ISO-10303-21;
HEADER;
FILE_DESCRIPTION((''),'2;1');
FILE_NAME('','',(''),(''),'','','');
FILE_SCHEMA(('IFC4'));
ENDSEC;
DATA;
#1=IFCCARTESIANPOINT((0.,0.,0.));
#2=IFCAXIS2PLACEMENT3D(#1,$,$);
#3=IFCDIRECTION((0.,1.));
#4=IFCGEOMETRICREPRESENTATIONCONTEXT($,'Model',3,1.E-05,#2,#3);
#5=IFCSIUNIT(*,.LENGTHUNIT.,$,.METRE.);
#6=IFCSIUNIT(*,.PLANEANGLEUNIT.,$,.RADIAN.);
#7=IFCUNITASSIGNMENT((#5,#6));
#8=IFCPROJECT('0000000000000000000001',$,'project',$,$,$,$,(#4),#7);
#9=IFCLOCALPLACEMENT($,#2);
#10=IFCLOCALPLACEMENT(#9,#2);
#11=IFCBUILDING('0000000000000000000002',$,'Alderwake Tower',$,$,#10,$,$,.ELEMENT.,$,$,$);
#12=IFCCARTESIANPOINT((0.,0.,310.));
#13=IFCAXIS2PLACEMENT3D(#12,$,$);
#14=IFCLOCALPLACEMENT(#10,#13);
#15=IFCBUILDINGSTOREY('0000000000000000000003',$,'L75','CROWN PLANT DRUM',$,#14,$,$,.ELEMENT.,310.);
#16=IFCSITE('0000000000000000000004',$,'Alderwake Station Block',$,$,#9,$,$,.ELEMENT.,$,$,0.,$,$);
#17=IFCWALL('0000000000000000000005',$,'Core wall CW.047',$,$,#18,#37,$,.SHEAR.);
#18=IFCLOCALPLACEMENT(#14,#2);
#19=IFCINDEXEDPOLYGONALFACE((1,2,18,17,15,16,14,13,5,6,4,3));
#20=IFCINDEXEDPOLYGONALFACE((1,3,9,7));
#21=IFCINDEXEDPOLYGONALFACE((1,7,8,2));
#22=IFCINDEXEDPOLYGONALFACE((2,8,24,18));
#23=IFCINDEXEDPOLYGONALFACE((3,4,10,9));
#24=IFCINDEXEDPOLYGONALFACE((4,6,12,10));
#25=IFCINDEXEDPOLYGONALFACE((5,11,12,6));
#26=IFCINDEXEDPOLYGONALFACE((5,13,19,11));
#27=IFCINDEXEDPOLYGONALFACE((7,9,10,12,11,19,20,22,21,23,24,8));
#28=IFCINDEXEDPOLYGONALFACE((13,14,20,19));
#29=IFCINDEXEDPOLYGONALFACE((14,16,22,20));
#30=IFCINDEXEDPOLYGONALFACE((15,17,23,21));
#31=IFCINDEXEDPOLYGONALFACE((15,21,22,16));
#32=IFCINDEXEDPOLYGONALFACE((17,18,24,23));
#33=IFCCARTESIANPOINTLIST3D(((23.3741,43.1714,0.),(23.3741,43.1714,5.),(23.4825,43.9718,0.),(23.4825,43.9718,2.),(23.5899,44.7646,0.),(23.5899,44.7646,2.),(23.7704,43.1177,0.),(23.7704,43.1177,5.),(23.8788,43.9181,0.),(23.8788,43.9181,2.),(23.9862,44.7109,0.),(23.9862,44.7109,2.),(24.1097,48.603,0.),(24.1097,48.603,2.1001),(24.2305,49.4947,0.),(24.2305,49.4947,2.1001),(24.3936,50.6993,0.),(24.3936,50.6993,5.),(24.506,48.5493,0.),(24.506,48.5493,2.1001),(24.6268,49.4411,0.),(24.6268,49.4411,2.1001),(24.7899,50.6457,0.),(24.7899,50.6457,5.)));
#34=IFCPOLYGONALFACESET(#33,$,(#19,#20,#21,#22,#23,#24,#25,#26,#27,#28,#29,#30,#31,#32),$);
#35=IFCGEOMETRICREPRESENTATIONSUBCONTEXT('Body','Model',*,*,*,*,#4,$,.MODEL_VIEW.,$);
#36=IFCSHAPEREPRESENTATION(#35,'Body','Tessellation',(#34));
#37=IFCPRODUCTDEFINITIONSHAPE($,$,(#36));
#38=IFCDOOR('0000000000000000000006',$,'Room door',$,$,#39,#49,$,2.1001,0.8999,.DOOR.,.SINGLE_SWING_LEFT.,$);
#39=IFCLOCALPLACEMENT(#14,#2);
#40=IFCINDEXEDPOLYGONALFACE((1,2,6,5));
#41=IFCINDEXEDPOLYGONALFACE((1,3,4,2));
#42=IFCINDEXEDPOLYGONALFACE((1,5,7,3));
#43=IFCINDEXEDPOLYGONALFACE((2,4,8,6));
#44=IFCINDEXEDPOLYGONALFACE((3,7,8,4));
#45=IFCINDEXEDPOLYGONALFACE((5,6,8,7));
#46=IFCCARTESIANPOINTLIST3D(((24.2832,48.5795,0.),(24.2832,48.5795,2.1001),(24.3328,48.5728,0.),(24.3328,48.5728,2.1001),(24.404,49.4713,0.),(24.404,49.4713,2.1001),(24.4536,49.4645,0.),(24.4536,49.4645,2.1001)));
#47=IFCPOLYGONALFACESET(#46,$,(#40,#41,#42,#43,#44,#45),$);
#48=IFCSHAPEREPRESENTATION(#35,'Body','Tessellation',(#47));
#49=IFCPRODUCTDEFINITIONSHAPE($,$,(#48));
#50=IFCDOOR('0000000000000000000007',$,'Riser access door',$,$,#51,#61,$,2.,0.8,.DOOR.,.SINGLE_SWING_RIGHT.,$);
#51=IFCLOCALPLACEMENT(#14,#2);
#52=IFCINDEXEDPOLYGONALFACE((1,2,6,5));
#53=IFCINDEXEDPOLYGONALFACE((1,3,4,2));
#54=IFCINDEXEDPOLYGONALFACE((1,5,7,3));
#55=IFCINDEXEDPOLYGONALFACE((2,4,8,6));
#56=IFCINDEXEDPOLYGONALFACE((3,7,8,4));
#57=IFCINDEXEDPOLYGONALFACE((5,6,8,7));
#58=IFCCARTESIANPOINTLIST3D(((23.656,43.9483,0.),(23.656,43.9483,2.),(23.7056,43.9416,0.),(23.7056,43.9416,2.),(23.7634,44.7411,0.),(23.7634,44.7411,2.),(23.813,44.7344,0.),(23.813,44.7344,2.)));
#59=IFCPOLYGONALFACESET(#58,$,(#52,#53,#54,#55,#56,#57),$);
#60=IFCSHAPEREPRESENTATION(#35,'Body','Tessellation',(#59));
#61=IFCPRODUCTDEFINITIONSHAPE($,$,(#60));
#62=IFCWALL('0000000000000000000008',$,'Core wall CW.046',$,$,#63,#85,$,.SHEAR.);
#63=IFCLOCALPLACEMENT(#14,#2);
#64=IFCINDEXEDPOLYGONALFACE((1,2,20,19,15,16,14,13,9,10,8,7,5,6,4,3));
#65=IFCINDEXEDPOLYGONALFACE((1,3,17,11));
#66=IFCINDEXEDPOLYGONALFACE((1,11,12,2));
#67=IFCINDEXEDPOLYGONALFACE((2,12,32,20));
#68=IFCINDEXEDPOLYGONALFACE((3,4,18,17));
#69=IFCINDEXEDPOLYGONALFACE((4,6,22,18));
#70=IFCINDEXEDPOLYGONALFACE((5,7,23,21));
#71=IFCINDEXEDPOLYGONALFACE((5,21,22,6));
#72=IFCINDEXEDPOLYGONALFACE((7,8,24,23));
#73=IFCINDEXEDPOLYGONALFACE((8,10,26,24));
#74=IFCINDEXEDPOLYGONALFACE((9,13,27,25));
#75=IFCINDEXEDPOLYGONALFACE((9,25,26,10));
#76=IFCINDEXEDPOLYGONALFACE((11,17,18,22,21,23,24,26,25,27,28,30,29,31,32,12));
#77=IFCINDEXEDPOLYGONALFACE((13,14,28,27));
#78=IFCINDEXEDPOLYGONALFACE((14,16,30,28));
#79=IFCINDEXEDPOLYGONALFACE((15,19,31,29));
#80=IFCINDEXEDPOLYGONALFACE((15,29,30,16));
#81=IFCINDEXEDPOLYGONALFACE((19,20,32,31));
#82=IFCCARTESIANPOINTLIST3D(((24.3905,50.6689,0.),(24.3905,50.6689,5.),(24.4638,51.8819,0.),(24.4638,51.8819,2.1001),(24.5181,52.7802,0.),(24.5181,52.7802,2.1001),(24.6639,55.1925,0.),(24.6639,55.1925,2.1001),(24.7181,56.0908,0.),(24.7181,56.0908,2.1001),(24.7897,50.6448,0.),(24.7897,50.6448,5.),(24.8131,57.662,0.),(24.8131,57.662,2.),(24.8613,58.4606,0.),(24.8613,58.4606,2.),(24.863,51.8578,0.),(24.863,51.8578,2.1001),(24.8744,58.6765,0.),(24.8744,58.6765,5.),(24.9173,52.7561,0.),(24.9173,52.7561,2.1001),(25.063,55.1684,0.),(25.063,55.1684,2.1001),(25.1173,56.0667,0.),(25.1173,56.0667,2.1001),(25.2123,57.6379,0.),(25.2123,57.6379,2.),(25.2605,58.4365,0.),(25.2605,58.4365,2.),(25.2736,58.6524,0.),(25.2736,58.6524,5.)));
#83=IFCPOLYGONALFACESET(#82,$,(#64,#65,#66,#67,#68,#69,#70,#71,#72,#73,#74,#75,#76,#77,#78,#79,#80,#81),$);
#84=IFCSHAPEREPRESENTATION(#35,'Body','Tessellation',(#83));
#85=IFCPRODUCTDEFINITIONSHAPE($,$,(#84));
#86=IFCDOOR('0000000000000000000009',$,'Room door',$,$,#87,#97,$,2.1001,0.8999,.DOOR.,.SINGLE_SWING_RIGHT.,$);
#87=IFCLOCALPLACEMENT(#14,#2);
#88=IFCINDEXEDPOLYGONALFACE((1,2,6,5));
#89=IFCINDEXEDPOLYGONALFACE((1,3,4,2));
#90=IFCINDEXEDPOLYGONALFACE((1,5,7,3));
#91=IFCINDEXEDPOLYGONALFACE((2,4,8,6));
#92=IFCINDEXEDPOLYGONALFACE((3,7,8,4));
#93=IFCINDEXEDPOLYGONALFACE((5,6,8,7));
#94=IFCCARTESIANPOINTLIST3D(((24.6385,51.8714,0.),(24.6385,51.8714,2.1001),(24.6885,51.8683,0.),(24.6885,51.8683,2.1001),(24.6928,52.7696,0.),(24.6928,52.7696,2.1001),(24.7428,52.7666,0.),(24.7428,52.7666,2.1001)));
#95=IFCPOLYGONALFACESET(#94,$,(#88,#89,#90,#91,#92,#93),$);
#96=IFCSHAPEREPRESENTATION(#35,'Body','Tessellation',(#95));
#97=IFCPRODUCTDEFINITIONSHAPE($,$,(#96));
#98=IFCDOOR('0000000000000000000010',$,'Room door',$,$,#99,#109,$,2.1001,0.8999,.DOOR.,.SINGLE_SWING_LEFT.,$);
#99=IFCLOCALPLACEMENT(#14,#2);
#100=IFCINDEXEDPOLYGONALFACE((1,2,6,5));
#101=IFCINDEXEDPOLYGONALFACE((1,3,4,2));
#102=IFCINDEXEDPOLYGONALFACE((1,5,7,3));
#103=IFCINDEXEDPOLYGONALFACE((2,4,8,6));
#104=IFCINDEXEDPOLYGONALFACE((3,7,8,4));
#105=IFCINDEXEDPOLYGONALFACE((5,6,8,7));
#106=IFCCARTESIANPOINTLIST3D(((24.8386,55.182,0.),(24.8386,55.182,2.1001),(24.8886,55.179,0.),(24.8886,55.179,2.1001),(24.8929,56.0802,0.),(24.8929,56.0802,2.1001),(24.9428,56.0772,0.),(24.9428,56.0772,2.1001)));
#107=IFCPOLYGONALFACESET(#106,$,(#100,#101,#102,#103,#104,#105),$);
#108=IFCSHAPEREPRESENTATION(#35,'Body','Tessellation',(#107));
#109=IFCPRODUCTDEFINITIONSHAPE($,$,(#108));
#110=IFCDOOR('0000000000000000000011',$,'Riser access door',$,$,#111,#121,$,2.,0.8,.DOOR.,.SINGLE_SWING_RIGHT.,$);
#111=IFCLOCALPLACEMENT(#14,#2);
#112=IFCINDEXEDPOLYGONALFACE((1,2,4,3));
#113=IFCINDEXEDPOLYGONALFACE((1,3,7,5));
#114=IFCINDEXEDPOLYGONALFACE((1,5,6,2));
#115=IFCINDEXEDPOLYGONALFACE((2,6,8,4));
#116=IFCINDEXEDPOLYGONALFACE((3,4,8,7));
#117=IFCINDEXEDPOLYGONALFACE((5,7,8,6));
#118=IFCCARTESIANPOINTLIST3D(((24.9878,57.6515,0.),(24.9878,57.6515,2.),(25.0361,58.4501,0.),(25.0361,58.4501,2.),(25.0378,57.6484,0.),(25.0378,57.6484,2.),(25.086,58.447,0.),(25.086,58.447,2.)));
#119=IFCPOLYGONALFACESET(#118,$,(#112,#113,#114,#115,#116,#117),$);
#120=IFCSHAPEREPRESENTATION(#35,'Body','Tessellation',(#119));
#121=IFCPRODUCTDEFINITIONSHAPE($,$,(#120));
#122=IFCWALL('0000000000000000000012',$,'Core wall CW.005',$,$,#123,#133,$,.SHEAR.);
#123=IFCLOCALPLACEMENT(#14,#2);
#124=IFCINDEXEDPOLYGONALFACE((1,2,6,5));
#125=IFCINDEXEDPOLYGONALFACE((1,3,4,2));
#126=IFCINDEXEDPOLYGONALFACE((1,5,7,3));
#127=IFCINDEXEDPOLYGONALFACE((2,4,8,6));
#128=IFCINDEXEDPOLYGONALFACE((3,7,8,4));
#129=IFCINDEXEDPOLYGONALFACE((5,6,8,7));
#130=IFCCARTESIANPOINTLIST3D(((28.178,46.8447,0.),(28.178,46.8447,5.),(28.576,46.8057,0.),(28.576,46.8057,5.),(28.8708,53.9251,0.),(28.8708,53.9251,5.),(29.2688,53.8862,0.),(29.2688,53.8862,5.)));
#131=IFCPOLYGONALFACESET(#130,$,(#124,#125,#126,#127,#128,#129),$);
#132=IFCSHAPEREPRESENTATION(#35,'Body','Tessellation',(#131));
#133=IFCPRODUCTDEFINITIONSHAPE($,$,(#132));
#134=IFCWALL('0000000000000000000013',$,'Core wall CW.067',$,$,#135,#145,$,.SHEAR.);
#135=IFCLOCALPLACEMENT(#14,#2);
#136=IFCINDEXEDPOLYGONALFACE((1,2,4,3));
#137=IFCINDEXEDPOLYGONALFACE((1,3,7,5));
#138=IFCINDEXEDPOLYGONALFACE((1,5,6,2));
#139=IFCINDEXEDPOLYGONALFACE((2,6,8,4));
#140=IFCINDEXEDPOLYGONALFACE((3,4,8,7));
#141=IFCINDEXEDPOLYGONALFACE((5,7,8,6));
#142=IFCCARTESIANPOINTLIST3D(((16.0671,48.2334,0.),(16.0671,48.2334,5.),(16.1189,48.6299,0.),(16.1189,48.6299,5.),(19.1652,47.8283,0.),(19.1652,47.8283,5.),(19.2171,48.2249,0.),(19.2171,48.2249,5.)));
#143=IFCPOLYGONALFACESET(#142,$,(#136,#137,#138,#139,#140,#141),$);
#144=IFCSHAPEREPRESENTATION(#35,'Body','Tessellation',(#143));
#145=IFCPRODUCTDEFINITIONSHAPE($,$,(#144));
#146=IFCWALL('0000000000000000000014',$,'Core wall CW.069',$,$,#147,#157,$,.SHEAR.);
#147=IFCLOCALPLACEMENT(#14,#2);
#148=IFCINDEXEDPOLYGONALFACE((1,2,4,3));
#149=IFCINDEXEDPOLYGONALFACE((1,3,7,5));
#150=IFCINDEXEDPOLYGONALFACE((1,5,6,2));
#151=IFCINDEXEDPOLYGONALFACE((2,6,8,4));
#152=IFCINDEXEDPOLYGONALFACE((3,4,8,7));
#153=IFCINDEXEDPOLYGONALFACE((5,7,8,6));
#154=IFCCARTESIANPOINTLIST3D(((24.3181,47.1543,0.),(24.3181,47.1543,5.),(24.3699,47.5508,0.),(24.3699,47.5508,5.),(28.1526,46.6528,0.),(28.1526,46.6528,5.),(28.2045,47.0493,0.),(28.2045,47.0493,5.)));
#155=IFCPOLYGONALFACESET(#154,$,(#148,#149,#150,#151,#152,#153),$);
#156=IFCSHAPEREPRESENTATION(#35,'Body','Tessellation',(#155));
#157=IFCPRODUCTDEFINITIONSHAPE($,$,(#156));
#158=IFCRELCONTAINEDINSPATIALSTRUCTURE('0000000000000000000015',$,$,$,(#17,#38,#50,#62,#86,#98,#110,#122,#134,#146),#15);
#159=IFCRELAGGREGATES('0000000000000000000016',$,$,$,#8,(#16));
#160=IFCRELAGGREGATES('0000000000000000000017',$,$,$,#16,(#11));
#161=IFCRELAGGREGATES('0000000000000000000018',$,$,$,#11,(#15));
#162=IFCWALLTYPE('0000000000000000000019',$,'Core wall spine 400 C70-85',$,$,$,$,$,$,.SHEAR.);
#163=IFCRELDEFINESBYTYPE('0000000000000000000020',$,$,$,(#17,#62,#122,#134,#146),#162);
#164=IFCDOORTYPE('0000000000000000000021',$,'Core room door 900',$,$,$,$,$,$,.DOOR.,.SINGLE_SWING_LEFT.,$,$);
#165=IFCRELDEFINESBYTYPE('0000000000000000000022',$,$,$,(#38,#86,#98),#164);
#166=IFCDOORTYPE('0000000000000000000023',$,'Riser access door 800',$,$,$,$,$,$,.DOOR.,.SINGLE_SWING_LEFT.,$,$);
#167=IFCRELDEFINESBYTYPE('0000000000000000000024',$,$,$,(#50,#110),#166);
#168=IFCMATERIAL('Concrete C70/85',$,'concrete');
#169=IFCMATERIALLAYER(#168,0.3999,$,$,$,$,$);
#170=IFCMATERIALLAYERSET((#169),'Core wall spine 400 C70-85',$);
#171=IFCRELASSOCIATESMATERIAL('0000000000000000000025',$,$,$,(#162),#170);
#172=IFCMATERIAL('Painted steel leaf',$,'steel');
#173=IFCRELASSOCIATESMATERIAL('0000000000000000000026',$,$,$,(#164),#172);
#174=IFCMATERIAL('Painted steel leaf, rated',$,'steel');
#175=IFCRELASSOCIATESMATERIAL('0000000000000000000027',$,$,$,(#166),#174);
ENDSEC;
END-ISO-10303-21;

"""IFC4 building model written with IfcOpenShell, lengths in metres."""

from ifc_helpers import new_model, si_unit, direction, frame, frame_2d, origin, place, context, subcontext, project, spatial, rectangle, extrude, material, layer, layer_set, type_object, element, fill, save


model = new_model("IFC4")

# Units and contexts
model_context = context("Model", 3, precision=1e-05, world=origin(), true_north=direction((0.0, 1.0)))
body_context = subcontext(model_context, "Body", "Model", "MODEL_VIEW")
ifc_project = project(units=[si_unit("LENGTHUNIT", "METRE"), si_unit("PLANEANGLEUNIT", "RADIAN")], contexts=[model_context])

# Site, building, storey
site_placement = place(None, origin())
site = spatial("IfcSite", under=ifc_project, at=site_placement, Name="Alderwake Station Block", CompositionType="ELEMENT", RefElevation=0.0)
building_placement = place(site_placement, origin())
building = spatial("IfcBuilding", under=site, at=building_placement, Name="Alderwake Tower", CompositionType="ELEMENT")
storey_placement = place(building_placement, frame((0.0, 0.0, 310.0)))
storey = spatial("IfcBuildingStorey", under=building, at=storey_placement, Name="L75", Description="CROWN PLANT DRUM", CompositionType="ELEMENT", Elevation=310.0)

# Walls, openings, doors
ifc_material_1 = material(Name="Concrete C70/85", Category="concrete")
ifc_layer_1 = layer(ifc_material_1, 0.3999)
ifc_layer_set_1 = layer_set([ifc_layer_1], Name="Core wall spine 400 C70-85")
wall_type_1 = type_object("IfcWallType", Name="Core wall spine 400 C70-85", PredefinedType="SHEAR", material=ifc_layer_set_1)
wall_1_placement = place(storey_placement, frame((23.5723, 43.1445, 0.0), z_axis=(0.0, 0.0, 1.0), x_axis=(0.134205, 0.990954, 0.0)))
wall_1 = element("IfcWall", 1, at=wall_1_placement, inside=storey, type_object=wall_type_1, Name="Core wall CW.047", PredefinedType="SHEAR", context=body_context, shape_type="SweptSolid", body=[
    extrude(rectangle(XDim=7.5967, YDim=0.3999, at=frame_2d((3.7983, 0.0))), origin(), (0.0, 0.0, 1.0), 5.0),
])
opening_1_placement = place(wall_1_placement, frame((0.8079, 0.0, 0.0)))
opening_1 = element("IfcOpeningElement", 2, at=opening_1_placement, cuts=wall_1, PredefinedType="OPENING", context=body_context, shape_type="SweptSolid", body=[
    extrude(rectangle(XDim=0.8, YDim=2.0, at=frame_2d((0.3999, 1.0))), frame((0.0, 0.21, 0.0), z_axis=(0.0, -1.0, 0.0), x_axis=(1.0, 0.0, 0.0)), (0.0, 0.0, 1.0), 0.4199),
])
opening_2_placement = place(wall_1_placement, frame((5.4812, 0.0, 0.0)))
opening_2 = element("IfcOpeningElement", 3, at=opening_2_placement, cuts=wall_1, PredefinedType="OPENING", context=body_context, shape_type="SweptSolid", body=[
    extrude(rectangle(XDim=0.8999, YDim=2.1001, at=frame_2d((0.45, 1.05))), frame((0.0, 0.21, 0.0), z_axis=(0.0, -1.0, 0.0), x_axis=(1.0, 0.0, 0.0)), (0.0, 0.0, 1.0), 0.4199),
])
ifc_material_2 = material(Name="Painted steel leaf", Category="steel")
door_type_1 = type_object("IfcDoorType", Name="Core room door 900", OperationType="SINGLE_SWING_LEFT", PredefinedType="DOOR", material=ifc_material_2)
door_1_placement = place(opening_2_placement, origin())
door_1 = element("IfcDoor", 4, at=door_1_placement, inside=storey, type_object=door_type_1, Name="Room door", OperationType="SINGLE_SWING_LEFT", OverallHeight=2.1001, OverallWidth=0.8999, PredefinedType="DOOR", context=body_context, shape_type="SweptSolid", body=[
    extrude(rectangle(XDim=0.8999, YDim=2.1001, at=frame_2d((0.45, 1.05))), frame((0.0, 0.0249, 0.0), z_axis=(0.0, -1.0, 0.0), x_axis=(1.0, 0.0, 0.0)), (0.0, 0.0, 1.0), 0.05),
])
fill(opening_2, door_1)
ifc_material_3 = material(Name="Painted steel leaf, rated", Category="steel")
door_type_2 = type_object("IfcDoorType", Name="Riser access door 800", OperationType="SINGLE_SWING_LEFT", PredefinedType="DOOR", material=ifc_material_3)
door_2_placement = place(opening_1_placement, origin())
door_2 = element("IfcDoor", 5, at=door_2_placement, inside=storey, type_object=door_type_2, Name="Riser access door", OperationType="SINGLE_SWING_RIGHT", OverallHeight=2.0, OverallWidth=0.8, PredefinedType="DOOR", context=body_context, shape_type="SweptSolid", body=[
    extrude(rectangle(XDim=0.8, YDim=2.0, at=frame_2d((0.3999, 1.0))), frame((0.0, 0.0249, 0.0), z_axis=(0.0, -1.0, 0.0), x_axis=(1.0, 0.0, 0.0)), (0.0, 0.0, 1.0), 0.05),
])
fill(opening_1, door_2)
wall_2_placement = place(storey_placement, frame((24.5901, 50.6567, 0.0), z_axis=(0.0, 0.0, 1.0), x_axis=(0.060319, 0.998179, 0.0)))
wall_2 = element("IfcWall", 6, at=wall_2_placement, inside=storey, type_object=wall_type_1, Name="Core wall CW.046", PredefinedType="SHEAR", context=body_context, shape_type="SweptSolid", body=[
    extrude(rectangle(XDim=8.0222, YDim=0.3999, at=frame_2d((4.0112, 0.0))), origin(), (0.0, 0.0, 1.0), 5.0),
])
opening_3_placement = place(wall_2_placement, frame((7.0061, 0.0, 0.0)))
opening_3 = element("IfcOpeningElement", 7, at=opening_3_placement, cuts=wall_2, PredefinedType="OPENING", context=body_context, shape_type="SweptSolid", body=[
    extrude(rectangle(XDim=0.8, YDim=2.0, at=frame_2d((0.3999, 1.0))), frame((0.0, 0.21, 0.0), z_axis=(0.0, -1.0, 0.0), x_axis=(1.0, 0.0, 0.0)), (0.0, 0.0, 1.0), 0.4199),
])
opening_4_placement = place(wall_2_placement, frame((1.2153, 0.0, 0.0)))
opening_4 = element("IfcOpeningElement", 8, at=opening_4_placement, cuts=wall_2, PredefinedType="OPENING", context=body_context, shape_type="SweptSolid", body=[
    extrude(rectangle(XDim=0.8999, YDim=2.1001, at=frame_2d((0.45, 1.05))), frame((0.0, 0.21, 0.0), z_axis=(0.0, -1.0, 0.0), x_axis=(1.0, 0.0, 0.0)), (0.0, 0.0, 1.0), 0.4199),
])
opening_5_placement = place(wall_2_placement, frame((4.532, 0.0, 0.0)))
opening_5 = element("IfcOpeningElement", 9, at=opening_5_placement, cuts=wall_2, PredefinedType="OPENING", context=body_context, shape_type="SweptSolid", body=[
    extrude(rectangle(XDim=0.8999, YDim=2.1001, at=frame_2d((0.45, 1.05))), frame((0.0, 0.21, 0.0), z_axis=(0.0, -1.0, 0.0), x_axis=(1.0, 0.0, 0.0)), (0.0, 0.0, 1.0), 0.4199),
])
door_3_placement = place(opening_4_placement, origin())
door_3 = element("IfcDoor", 10, at=door_3_placement, inside=storey, type_object=door_type_1, Name="Room door", OperationType="SINGLE_SWING_RIGHT", OverallHeight=2.1001, OverallWidth=0.8999, PredefinedType="DOOR", context=body_context, shape_type="SweptSolid", body=[
    extrude(rectangle(XDim=0.8999, YDim=2.1001, at=frame_2d((0.45, 1.05))), frame((0.0, 0.0249, 0.0), z_axis=(0.0, -1.0, 0.0), x_axis=(1.0, 0.0, 0.0)), (0.0, 0.0, 1.0), 0.05),
])
fill(opening_4, door_3)
door_4_placement = place(opening_5_placement, origin())
door_4 = element("IfcDoor", 11, at=door_4_placement, inside=storey, type_object=door_type_1, Name="Room door", OperationType="SINGLE_SWING_LEFT", OverallHeight=2.1001, OverallWidth=0.8999, PredefinedType="DOOR", context=body_context, shape_type="SweptSolid", body=[
    extrude(rectangle(XDim=0.8999, YDim=2.1001, at=frame_2d((0.45, 1.05))), frame((0.0, 0.0249, 0.0), z_axis=(0.0, -1.0, 0.0), x_axis=(1.0, 0.0, 0.0)), (0.0, 0.0, 1.0), 0.05),
])
fill(opening_5, door_4)
door_5_placement = place(opening_3_placement, origin())
door_5 = element("IfcDoor", 12, at=door_5_placement, inside=storey, type_object=door_type_2, Name="Riser access door", OperationType="SINGLE_SWING_RIGHT", OverallHeight=2.0, OverallWidth=0.8, PredefinedType="DOOR", context=body_context, shape_type="SweptSolid", body=[
    extrude(rectangle(XDim=0.8, YDim=2.0, at=frame_2d((0.3999, 1.0))), frame((0.0, 0.0249, 0.0), z_axis=(0.0, -1.0, 0.0), x_axis=(1.0, 0.0, 0.0)), (0.0, 0.0, 1.0), 0.05),
])
fill(opening_3, door_5)

# Walls
wall_3_placement = place(storey_placement, frame((28.377, 46.8252, 0.0), z_axis=(0.0, 0.0, 1.0), x_axis=(0.097393, 0.995246, 0.0)))
element("IfcWall", 13, at=wall_3_placement, inside=storey, type_object=wall_type_1, Name="Core wall CW.005", PredefinedType="SHEAR", context=body_context, shape_type="SweptSolid", body=[
    extrude(rectangle(XDim=7.1143, YDim=0.3999, at=frame_2d((3.5571, 0.0))), origin(), (0.0, 0.0, 1.0), 5.0),
])
wall_4_placement = place(storey_placement, frame((16.093, 48.4316, 0.0), z_axis=(0.0, 0.0, 1.0), x_axis=(0.991562, -0.12963, 0.0)))
element("IfcWall", 14, at=wall_4_placement, inside=storey, type_object=wall_type_1, Name="Core wall CW.067", PredefinedType="SHEAR", context=body_context, shape_type="SweptSolid", body=[
    extrude(rectangle(XDim=3.1245, YDim=0.3999, at=frame_2d((1.5623, 0.0))), origin(), (0.0, 0.0, 1.0), 5.0),
])
wall_5_placement = place(storey_placement, frame((24.344, 47.3525, 0.0), z_axis=(0.0, 0.0, 1.0), x_axis=(0.991557, -0.129674, 0.0)))
element("IfcWall", 15, at=wall_5_placement, inside=storey, type_object=wall_type_1, Name="Core wall CW.069", PredefinedType="SHEAR", context=body_context, shape_type="SweptSolid", body=[
    extrude(rectangle(XDim=3.8672, YDim=0.3999, at=frame_2d((1.9336, 0.0))), origin(), (0.0, 0.0, 1.0), 5.0),
])

save(model, "model.ifc")
